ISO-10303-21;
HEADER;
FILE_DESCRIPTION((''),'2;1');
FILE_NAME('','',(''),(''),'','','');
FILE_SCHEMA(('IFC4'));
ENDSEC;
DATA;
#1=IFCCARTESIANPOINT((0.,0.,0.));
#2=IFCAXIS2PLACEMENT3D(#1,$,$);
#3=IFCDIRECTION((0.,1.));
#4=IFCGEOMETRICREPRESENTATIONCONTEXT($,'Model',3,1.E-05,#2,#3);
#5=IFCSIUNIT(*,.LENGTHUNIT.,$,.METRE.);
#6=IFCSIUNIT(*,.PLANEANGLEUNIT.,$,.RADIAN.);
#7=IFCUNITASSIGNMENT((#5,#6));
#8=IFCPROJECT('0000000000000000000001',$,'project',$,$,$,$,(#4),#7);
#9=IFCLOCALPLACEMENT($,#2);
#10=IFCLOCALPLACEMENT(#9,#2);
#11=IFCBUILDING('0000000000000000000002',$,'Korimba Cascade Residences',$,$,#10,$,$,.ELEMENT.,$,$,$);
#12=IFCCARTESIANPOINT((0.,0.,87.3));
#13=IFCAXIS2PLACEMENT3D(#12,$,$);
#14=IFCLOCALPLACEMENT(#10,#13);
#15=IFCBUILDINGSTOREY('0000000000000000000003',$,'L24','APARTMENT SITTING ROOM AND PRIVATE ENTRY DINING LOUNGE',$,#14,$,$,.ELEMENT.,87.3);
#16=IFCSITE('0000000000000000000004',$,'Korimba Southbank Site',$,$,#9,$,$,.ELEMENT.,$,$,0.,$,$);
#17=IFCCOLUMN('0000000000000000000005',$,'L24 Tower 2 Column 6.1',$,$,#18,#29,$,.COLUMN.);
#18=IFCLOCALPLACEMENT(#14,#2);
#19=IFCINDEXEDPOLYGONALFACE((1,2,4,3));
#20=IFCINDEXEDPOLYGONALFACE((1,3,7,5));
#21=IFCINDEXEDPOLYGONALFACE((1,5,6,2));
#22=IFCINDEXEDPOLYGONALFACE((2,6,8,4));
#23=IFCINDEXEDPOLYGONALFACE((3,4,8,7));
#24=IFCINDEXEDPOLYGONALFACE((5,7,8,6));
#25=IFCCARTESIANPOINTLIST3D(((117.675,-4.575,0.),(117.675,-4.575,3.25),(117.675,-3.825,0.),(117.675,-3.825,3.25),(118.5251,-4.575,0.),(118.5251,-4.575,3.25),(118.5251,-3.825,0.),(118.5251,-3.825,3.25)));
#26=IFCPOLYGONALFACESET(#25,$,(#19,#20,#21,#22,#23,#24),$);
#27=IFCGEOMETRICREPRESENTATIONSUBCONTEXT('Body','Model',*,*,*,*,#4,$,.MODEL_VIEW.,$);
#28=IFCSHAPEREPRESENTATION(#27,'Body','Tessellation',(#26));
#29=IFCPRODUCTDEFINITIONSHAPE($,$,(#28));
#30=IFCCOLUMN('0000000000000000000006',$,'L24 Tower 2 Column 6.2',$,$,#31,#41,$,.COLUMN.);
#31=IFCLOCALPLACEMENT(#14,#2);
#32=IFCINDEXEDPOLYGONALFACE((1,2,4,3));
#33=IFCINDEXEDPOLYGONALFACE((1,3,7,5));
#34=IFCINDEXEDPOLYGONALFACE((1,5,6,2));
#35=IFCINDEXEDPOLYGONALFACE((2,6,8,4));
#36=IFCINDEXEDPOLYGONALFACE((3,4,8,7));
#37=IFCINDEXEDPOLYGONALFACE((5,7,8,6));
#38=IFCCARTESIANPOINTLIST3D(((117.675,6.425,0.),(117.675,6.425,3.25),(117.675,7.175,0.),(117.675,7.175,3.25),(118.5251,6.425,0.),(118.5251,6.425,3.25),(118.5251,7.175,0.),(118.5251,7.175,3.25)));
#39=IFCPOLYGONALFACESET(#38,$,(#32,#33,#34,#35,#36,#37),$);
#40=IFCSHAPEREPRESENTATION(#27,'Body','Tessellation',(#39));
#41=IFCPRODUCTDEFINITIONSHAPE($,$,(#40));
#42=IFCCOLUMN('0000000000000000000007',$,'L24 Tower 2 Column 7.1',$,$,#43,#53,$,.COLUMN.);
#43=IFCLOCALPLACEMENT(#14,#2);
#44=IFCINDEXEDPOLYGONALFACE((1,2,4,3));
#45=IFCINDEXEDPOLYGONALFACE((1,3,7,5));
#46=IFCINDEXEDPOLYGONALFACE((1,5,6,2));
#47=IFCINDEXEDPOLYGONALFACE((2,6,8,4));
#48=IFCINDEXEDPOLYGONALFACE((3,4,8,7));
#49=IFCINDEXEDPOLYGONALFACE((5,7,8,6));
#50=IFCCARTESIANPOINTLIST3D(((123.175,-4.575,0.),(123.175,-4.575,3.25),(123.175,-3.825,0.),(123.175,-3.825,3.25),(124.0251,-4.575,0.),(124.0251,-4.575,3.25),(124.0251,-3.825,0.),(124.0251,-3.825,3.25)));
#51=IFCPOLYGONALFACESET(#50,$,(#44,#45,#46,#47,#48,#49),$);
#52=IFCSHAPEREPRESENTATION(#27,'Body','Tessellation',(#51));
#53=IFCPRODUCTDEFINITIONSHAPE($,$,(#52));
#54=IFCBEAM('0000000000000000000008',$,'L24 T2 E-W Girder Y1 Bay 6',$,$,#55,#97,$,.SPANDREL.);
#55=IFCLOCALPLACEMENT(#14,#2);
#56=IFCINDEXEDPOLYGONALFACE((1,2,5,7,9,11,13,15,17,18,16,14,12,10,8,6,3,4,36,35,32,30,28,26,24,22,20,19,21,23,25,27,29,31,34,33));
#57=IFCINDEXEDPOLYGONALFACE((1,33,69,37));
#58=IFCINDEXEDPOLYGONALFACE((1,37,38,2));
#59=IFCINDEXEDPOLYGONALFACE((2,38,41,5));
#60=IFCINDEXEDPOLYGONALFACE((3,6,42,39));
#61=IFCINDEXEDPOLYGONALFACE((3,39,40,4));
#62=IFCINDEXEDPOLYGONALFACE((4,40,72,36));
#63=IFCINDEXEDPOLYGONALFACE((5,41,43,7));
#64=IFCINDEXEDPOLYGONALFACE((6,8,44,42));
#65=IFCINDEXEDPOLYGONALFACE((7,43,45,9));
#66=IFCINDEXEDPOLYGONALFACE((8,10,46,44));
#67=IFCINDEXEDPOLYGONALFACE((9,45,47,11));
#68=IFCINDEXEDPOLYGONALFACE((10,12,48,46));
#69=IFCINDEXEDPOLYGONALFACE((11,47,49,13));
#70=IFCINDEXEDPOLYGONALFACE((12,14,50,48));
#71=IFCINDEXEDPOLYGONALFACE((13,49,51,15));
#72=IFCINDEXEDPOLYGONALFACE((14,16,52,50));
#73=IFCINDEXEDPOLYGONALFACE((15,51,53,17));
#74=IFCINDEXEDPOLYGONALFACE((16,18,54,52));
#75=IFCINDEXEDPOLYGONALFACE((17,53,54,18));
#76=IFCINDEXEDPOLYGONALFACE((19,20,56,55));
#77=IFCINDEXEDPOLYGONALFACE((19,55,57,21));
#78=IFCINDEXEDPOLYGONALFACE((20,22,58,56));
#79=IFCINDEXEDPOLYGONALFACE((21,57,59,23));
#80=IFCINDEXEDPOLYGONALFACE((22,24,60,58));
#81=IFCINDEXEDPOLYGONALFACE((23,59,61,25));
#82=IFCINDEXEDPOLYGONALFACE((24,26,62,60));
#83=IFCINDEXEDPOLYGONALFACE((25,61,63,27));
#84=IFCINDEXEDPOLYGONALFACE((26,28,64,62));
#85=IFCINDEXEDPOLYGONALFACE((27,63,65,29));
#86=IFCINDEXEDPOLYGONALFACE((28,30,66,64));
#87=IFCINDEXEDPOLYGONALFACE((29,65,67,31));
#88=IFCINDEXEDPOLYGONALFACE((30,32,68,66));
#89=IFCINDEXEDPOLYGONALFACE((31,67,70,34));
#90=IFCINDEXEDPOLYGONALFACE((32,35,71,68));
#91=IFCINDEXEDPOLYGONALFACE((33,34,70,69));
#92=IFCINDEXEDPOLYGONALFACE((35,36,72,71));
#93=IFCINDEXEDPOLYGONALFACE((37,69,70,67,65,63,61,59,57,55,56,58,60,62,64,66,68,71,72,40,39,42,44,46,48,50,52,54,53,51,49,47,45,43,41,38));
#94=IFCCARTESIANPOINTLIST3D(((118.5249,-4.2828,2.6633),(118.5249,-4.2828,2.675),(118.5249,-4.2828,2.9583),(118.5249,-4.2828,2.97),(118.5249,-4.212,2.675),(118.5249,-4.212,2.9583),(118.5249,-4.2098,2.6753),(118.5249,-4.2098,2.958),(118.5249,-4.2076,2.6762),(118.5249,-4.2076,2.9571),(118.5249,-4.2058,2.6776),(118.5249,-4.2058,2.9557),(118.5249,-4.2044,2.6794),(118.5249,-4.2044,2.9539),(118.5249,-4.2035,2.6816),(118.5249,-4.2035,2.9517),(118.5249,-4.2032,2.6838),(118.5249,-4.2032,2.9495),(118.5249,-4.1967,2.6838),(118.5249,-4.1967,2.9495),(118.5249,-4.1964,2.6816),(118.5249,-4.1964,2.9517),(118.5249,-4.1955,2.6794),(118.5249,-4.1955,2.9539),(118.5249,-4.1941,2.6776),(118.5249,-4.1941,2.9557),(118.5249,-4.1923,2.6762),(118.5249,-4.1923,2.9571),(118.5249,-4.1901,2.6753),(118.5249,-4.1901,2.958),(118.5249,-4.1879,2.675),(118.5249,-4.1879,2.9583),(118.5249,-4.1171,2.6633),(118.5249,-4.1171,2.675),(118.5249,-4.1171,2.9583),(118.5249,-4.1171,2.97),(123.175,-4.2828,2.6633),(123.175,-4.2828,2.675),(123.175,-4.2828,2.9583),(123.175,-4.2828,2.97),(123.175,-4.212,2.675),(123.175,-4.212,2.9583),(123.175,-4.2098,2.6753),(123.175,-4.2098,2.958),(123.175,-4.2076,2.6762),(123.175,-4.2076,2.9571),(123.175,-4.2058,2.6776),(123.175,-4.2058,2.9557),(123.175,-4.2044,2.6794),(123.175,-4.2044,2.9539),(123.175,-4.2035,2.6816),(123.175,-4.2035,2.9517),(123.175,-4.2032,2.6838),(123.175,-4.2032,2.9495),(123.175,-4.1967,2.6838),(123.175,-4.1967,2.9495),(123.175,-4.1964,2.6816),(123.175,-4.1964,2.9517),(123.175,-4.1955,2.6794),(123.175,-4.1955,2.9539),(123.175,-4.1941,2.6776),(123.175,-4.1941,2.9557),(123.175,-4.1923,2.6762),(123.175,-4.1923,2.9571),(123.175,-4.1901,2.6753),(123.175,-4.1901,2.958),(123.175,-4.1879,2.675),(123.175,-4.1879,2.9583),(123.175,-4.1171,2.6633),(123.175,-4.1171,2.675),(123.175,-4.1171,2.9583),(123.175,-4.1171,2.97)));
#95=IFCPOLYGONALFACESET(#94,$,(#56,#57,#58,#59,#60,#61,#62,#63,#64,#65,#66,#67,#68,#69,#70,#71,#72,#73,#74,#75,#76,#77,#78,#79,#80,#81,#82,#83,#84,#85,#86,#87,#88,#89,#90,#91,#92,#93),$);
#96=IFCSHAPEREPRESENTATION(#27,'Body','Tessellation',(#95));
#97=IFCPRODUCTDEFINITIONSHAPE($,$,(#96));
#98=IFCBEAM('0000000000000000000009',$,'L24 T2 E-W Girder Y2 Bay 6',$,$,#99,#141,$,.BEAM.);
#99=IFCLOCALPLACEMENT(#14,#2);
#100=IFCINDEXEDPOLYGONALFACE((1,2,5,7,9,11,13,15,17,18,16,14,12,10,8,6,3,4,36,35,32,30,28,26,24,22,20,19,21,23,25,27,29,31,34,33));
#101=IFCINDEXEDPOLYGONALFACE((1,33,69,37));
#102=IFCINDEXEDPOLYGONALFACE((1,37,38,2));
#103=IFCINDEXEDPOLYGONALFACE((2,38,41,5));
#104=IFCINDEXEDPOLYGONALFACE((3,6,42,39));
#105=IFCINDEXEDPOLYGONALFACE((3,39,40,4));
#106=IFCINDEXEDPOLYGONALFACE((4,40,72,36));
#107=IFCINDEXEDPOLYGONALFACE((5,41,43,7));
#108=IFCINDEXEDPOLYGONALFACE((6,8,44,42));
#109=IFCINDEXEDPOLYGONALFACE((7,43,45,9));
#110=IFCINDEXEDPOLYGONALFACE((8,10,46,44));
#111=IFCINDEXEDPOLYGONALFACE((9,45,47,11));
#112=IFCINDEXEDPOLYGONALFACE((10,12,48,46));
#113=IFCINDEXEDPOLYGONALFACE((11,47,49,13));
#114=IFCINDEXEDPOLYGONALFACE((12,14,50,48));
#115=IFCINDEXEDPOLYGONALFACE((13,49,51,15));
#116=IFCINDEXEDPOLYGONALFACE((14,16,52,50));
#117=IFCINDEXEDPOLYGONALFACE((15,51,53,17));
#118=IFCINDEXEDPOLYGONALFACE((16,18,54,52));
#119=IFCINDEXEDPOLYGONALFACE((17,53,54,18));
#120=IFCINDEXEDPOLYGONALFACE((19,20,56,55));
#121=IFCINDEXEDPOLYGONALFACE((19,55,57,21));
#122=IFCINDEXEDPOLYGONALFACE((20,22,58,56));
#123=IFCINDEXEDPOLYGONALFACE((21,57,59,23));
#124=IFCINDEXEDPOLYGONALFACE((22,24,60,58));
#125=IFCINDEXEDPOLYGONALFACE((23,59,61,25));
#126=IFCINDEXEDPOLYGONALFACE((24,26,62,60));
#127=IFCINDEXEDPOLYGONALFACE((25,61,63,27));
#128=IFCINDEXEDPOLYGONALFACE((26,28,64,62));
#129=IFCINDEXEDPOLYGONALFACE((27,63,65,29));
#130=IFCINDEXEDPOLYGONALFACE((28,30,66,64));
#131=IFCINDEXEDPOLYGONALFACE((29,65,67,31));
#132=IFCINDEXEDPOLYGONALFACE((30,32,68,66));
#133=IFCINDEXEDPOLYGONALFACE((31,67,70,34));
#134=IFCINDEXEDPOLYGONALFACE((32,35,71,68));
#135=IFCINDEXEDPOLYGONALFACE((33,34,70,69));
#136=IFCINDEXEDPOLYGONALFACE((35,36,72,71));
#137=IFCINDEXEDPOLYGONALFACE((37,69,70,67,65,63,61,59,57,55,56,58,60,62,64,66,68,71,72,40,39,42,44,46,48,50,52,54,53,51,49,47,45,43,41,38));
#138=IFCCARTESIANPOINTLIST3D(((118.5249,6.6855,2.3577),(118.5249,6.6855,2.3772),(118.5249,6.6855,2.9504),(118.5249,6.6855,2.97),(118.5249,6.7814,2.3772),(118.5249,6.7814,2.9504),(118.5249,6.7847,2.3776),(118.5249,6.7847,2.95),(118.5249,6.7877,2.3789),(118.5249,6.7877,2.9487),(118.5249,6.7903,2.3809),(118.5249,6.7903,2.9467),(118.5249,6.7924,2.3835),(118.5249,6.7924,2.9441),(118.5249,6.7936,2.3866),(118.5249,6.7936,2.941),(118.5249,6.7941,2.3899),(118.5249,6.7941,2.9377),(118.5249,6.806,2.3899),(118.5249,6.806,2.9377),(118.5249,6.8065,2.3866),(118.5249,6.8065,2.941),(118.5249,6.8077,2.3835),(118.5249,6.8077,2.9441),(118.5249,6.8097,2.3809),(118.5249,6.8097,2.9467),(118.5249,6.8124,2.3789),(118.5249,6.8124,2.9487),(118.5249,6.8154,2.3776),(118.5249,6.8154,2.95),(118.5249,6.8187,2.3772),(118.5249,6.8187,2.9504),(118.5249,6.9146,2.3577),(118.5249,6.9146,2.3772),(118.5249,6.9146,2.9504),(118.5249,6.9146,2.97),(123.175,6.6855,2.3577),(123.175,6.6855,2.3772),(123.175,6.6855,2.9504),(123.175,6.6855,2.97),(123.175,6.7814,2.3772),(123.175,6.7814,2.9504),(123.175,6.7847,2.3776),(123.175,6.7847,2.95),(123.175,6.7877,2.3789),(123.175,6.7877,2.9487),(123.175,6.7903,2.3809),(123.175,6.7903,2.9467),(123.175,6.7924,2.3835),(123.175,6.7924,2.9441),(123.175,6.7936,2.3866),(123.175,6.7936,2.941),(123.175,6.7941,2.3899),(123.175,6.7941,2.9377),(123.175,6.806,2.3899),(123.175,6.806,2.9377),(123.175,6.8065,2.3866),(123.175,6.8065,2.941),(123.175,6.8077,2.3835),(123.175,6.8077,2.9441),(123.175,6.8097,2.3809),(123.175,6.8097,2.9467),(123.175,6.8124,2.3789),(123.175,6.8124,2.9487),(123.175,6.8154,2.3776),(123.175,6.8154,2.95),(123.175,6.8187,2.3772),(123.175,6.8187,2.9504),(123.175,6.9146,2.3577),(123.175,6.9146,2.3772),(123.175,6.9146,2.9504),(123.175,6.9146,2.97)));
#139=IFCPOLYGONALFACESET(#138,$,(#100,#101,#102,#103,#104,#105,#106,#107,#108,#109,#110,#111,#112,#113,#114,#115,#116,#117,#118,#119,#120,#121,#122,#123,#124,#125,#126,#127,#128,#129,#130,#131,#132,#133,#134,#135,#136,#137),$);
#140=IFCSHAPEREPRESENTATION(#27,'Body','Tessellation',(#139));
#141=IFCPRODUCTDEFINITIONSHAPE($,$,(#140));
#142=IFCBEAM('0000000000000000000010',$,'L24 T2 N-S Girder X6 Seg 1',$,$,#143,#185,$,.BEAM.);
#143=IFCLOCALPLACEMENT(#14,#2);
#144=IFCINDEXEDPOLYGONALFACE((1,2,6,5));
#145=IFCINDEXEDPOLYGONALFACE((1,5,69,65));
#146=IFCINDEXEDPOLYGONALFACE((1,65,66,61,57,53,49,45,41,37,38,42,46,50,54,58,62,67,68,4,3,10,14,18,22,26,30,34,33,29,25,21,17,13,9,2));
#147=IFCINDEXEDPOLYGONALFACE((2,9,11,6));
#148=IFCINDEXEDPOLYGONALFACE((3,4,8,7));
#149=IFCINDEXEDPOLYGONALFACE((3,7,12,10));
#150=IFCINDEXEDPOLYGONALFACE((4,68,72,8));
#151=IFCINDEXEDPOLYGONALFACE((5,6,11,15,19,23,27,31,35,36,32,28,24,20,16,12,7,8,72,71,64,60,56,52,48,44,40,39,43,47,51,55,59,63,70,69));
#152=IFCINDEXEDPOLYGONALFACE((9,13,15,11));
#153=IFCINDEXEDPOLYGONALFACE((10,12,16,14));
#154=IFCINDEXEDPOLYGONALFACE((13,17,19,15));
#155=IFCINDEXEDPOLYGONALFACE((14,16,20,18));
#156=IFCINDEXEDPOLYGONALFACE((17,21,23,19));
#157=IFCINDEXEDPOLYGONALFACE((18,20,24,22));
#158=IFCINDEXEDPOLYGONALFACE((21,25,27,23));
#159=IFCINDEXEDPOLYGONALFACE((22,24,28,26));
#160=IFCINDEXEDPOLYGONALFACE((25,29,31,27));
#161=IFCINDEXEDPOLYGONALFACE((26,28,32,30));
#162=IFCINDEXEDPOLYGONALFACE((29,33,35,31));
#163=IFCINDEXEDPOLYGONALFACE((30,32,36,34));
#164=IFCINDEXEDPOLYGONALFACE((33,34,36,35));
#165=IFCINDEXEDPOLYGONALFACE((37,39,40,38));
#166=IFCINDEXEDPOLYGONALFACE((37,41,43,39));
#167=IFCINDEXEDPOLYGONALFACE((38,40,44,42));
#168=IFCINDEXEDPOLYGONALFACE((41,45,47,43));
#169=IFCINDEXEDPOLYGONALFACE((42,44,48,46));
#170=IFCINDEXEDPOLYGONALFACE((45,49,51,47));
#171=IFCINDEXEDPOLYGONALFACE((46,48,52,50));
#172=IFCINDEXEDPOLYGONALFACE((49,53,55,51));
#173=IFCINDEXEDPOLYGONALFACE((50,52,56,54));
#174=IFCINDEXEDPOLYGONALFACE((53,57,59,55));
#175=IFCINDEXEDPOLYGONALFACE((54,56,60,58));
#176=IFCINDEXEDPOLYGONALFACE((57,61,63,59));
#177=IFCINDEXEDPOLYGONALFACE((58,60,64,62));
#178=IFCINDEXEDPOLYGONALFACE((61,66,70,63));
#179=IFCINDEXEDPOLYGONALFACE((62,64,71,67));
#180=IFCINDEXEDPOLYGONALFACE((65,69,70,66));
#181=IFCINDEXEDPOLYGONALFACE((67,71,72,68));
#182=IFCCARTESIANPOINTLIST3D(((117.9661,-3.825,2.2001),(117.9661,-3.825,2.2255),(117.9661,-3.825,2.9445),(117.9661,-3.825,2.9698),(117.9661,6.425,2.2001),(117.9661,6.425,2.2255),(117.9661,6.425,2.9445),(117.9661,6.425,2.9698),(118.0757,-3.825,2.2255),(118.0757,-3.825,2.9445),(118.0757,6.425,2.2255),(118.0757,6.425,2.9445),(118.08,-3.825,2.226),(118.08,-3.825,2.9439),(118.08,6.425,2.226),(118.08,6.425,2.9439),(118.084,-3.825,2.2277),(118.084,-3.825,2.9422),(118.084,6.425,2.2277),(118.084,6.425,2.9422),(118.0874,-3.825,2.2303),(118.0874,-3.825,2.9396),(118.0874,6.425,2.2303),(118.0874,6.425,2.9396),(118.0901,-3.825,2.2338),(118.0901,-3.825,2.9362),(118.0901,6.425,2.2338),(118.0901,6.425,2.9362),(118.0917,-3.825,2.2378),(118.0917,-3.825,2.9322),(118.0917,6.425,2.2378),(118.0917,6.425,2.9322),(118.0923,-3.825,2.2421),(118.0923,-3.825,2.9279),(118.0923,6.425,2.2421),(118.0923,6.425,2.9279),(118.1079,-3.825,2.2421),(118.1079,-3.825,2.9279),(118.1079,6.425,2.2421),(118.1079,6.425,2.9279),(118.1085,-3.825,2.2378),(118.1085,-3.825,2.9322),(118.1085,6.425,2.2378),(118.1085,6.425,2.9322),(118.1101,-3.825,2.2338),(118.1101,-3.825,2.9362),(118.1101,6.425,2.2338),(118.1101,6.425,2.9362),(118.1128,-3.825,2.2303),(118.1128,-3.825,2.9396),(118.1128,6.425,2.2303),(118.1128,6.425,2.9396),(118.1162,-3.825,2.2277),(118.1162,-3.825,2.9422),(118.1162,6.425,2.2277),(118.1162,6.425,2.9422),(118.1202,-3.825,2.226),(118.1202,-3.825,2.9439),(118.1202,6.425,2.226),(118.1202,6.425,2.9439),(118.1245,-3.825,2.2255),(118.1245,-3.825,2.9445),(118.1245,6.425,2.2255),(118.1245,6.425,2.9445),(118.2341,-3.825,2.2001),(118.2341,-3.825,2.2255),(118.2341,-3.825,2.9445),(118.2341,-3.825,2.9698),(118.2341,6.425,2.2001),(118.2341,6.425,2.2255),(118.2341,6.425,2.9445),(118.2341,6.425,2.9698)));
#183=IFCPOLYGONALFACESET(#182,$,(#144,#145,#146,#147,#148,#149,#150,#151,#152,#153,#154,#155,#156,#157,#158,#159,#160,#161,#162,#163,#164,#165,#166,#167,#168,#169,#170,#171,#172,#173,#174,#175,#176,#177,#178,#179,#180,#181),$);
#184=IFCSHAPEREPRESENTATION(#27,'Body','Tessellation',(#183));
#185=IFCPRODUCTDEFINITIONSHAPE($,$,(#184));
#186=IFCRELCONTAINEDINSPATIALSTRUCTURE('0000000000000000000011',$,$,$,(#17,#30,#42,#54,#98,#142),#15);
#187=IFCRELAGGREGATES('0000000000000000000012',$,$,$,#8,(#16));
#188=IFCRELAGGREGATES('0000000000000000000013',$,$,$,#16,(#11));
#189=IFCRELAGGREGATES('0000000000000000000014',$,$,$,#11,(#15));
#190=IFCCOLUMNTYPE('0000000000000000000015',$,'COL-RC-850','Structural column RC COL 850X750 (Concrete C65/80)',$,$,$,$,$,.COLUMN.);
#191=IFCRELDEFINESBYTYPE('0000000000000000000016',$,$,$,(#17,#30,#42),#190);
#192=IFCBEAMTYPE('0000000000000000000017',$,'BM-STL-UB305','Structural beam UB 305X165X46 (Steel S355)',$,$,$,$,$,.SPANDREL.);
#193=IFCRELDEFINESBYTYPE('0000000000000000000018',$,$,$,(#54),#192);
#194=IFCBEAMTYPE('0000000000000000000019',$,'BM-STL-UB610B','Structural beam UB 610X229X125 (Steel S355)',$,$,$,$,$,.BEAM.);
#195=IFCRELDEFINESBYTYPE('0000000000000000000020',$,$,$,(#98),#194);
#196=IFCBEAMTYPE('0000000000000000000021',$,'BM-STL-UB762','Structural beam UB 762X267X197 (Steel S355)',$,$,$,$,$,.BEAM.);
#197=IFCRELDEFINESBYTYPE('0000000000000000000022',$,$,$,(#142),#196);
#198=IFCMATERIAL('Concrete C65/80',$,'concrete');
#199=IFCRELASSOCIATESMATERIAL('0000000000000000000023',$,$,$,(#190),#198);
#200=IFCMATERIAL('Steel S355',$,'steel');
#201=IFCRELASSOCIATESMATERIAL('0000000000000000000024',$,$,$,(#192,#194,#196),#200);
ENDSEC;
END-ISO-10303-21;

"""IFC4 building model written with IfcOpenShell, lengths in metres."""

from ifc_helpers import new_model, si_unit, direction, frame, origin, origin_2d, place, context, subcontext, project, spatial, rectangle, i_section, extrude, material, material_profile, profile_set, type_object, element, save


model = new_model("IFC4")

# Units and contexts
model_context = context("Model", 3, precision=1e-05, world=origin(), true_north=direction((0.0, 1.0)))
body_context = subcontext(model_context, "Body", "Model", "MODEL_VIEW")
ifc_project = project(units=[si_unit("LENGTHUNIT", "METRE"), si_unit("PLANEANGLEUNIT", "RADIAN")], contexts=[model_context])

# Site, building, storey
site_placement = place(None, origin())
site = spatial("IfcSite", under=ifc_project, at=site_placement, Name="Korimba Southbank Site", CompositionType="ELEMENT", RefElevation=0.0)
building_placement = place(site_placement, origin())
building = spatial("IfcBuilding", under=site, at=building_placement, Name="Korimba Cascade Residences", CompositionType="ELEMENT")
storey_placement = place(building_placement, frame((0.0, 0.0, 87.3)))
storey = spatial("IfcBuildingStorey", under=building, at=storey_placement, Name="L24", Description="APARTMENT SITTING ROOM AND PRIVATE ENTRY DINING LOUNGE", CompositionType="ELEMENT", Elevation=87.3)

# Columns
ifc_material_1 = material(Name="Concrete C65/80", Category="concrete")
ifc_material_profile_1 = material_profile(ifc_material_1, rectangle(XDim=0.8501, YDim=0.75, at=origin_2d()), Name="Concrete C65/80")
ifc_profile_set_1 = profile_set([ifc_material_profile_1], Name="Concrete C65/80")
column_type = type_object("IfcColumnType", Name="COL-RC-850", Description="Structural column RC COL 850X750 (Concrete C65/80)", PredefinedType="COLUMN", material=ifc_profile_set_1)
for number, where, z_axis, x_axis, name in (
    (1, (118.1001, -4.2, 0.0), (0.0, 0.0, 1.0), (1.0, 0.0, 0.0), "L24 Tower 2 Column 6.1"),
    (2, (118.1001, 6.8, 0.0), (0.0, 0.0, 1.0), (1.0, 0.0, 0.0), "L24 Tower 2 Column 6.2"),
    (3, (123.6001, -4.2, 0.0), (0.0, 0.0, 1.0), (1.0, 0.0, 0.0), "L24 Tower 2 Column 7.1"),
):
    element("IfcColumn", number, at=place(storey_placement, frame(where, z_axis=z_axis, x_axis=x_axis)), inside=storey, type_object=column_type, Name=name, PredefinedType="COLUMN", context=body_context, shape_type="SweptSolid", body=[
        extrude(rectangle(XDim=0.8501, YDim=0.75, at=origin_2d()), origin(), (0.0, 0.0, 1.0), 3.25),
    ])

# Beams
ifc_material_2 = material(Name="Steel S355", Category="steel")
ifc_material_profile_2 = material_profile(ifc_material_2, i_section(OverallWidth=0.1658, OverallDepth=0.3066, WebThickness=0.0066, FlangeThickness=0.0117, FilletRadius=0.0088, at=origin_2d()), Name="Steel S355")
ifc_profile_set_2 = profile_set([ifc_material_profile_2], Name="Steel S355")
beam_type_1 = type_object("IfcBeamType", Name="BM-STL-UB305", Description="Structural beam UB 305X165X46 (Steel S355)", PredefinedType="SPANDREL", material=ifc_profile_set_2)
beam_1_placement = place(storey_placement, frame((118.5249, -4.2, 2.8167), z_axis=(1.0, 0.0, 0.0), x_axis=(0.0, 1.0, 0.0)))
element("IfcBeam", 4, at=beam_1_placement, inside=storey, type_object=beam_type_1, Name="L24 T2 E-W Girder Y1 Bay 6", PredefinedType="SPANDREL", context=body_context, shape_type="SweptSolid", body=[
    extrude(i_section(OverallWidth=0.1658, OverallDepth=0.3066, WebThickness=0.0066, FlangeThickness=0.0117, FilletRadius=0.0088, at=origin_2d()), origin(), (0.0, 0.0, 1.0), 4.6501),
])
ifc_material_profile_3 = material_profile(ifc_material_2, i_section(OverallWidth=0.229, OverallDepth=0.6123, WebThickness=0.012, FlangeThickness=0.0195, FilletRadius=0.0127, at=origin_2d()), Name="Steel S355")
ifc_profile_set_3 = profile_set([ifc_material_profile_3], Name="Steel S355")
beam_type_2 = type_object("IfcBeamType", Name="BM-STL-UB610B", Description="Structural beam UB 610X229X125 (Steel S355)", PredefinedType="BEAM", material=ifc_profile_set_3)
beam_2_placement = place(storey_placement, frame((118.5249, 6.8, 2.6638), z_axis=(1.0, 0.0, 0.0), x_axis=(0.0, 1.0, 0.0)))
element("IfcBeam", 5, at=beam_2_placement, inside=storey, type_object=beam_type_2, Name="L24 T2 E-W Girder Y2 Bay 6", PredefinedType="BEAM", context=body_context, shape_type="SweptSolid", body=[
    extrude(i_section(OverallWidth=0.229, OverallDepth=0.6123, WebThickness=0.012, FlangeThickness=0.0195, FilletRadius=0.0127, at=origin_2d()), origin(), (0.0, 0.0, 1.0), 4.6501),
])
ifc_material_profile_4 = material_profile(ifc_material_2, i_section(OverallWidth=0.2681, OverallDepth=0.7698, WebThickness=0.0156, FlangeThickness=0.0254, FilletRadius=0.0166, at=origin_2d()), Name="Steel S355")
ifc_profile_set_4 = profile_set([ifc_material_profile_4], Name="Steel S355")
beam_type_3 = type_object("IfcBeamType", Name="BM-STL-UB762", Description="Structural beam UB 762X267X197 (Steel S355)", PredefinedType="BEAM", material=ifc_profile_set_4)
beam_3_placement = place(storey_placement, frame((118.1001, -3.825, 2.585), z_axis=(0.0, 1.0, 0.0), x_axis=(-1.0, 0.0, 0.0)))
element("IfcBeam", 6, at=beam_3_placement, inside=storey, type_object=beam_type_3, Name="L24 T2 N-S Girder X6 Seg 1", PredefinedType="BEAM", context=body_context, shape_type="SweptSolid", body=[
    extrude(i_section(OverallWidth=0.2681, OverallDepth=0.7698, WebThickness=0.0156, FlangeThickness=0.0254, FilletRadius=0.0166, at=origin_2d()), origin(), (0.0, 0.0, 1.0), 10.25),
])

save(model, "model.ifc")
